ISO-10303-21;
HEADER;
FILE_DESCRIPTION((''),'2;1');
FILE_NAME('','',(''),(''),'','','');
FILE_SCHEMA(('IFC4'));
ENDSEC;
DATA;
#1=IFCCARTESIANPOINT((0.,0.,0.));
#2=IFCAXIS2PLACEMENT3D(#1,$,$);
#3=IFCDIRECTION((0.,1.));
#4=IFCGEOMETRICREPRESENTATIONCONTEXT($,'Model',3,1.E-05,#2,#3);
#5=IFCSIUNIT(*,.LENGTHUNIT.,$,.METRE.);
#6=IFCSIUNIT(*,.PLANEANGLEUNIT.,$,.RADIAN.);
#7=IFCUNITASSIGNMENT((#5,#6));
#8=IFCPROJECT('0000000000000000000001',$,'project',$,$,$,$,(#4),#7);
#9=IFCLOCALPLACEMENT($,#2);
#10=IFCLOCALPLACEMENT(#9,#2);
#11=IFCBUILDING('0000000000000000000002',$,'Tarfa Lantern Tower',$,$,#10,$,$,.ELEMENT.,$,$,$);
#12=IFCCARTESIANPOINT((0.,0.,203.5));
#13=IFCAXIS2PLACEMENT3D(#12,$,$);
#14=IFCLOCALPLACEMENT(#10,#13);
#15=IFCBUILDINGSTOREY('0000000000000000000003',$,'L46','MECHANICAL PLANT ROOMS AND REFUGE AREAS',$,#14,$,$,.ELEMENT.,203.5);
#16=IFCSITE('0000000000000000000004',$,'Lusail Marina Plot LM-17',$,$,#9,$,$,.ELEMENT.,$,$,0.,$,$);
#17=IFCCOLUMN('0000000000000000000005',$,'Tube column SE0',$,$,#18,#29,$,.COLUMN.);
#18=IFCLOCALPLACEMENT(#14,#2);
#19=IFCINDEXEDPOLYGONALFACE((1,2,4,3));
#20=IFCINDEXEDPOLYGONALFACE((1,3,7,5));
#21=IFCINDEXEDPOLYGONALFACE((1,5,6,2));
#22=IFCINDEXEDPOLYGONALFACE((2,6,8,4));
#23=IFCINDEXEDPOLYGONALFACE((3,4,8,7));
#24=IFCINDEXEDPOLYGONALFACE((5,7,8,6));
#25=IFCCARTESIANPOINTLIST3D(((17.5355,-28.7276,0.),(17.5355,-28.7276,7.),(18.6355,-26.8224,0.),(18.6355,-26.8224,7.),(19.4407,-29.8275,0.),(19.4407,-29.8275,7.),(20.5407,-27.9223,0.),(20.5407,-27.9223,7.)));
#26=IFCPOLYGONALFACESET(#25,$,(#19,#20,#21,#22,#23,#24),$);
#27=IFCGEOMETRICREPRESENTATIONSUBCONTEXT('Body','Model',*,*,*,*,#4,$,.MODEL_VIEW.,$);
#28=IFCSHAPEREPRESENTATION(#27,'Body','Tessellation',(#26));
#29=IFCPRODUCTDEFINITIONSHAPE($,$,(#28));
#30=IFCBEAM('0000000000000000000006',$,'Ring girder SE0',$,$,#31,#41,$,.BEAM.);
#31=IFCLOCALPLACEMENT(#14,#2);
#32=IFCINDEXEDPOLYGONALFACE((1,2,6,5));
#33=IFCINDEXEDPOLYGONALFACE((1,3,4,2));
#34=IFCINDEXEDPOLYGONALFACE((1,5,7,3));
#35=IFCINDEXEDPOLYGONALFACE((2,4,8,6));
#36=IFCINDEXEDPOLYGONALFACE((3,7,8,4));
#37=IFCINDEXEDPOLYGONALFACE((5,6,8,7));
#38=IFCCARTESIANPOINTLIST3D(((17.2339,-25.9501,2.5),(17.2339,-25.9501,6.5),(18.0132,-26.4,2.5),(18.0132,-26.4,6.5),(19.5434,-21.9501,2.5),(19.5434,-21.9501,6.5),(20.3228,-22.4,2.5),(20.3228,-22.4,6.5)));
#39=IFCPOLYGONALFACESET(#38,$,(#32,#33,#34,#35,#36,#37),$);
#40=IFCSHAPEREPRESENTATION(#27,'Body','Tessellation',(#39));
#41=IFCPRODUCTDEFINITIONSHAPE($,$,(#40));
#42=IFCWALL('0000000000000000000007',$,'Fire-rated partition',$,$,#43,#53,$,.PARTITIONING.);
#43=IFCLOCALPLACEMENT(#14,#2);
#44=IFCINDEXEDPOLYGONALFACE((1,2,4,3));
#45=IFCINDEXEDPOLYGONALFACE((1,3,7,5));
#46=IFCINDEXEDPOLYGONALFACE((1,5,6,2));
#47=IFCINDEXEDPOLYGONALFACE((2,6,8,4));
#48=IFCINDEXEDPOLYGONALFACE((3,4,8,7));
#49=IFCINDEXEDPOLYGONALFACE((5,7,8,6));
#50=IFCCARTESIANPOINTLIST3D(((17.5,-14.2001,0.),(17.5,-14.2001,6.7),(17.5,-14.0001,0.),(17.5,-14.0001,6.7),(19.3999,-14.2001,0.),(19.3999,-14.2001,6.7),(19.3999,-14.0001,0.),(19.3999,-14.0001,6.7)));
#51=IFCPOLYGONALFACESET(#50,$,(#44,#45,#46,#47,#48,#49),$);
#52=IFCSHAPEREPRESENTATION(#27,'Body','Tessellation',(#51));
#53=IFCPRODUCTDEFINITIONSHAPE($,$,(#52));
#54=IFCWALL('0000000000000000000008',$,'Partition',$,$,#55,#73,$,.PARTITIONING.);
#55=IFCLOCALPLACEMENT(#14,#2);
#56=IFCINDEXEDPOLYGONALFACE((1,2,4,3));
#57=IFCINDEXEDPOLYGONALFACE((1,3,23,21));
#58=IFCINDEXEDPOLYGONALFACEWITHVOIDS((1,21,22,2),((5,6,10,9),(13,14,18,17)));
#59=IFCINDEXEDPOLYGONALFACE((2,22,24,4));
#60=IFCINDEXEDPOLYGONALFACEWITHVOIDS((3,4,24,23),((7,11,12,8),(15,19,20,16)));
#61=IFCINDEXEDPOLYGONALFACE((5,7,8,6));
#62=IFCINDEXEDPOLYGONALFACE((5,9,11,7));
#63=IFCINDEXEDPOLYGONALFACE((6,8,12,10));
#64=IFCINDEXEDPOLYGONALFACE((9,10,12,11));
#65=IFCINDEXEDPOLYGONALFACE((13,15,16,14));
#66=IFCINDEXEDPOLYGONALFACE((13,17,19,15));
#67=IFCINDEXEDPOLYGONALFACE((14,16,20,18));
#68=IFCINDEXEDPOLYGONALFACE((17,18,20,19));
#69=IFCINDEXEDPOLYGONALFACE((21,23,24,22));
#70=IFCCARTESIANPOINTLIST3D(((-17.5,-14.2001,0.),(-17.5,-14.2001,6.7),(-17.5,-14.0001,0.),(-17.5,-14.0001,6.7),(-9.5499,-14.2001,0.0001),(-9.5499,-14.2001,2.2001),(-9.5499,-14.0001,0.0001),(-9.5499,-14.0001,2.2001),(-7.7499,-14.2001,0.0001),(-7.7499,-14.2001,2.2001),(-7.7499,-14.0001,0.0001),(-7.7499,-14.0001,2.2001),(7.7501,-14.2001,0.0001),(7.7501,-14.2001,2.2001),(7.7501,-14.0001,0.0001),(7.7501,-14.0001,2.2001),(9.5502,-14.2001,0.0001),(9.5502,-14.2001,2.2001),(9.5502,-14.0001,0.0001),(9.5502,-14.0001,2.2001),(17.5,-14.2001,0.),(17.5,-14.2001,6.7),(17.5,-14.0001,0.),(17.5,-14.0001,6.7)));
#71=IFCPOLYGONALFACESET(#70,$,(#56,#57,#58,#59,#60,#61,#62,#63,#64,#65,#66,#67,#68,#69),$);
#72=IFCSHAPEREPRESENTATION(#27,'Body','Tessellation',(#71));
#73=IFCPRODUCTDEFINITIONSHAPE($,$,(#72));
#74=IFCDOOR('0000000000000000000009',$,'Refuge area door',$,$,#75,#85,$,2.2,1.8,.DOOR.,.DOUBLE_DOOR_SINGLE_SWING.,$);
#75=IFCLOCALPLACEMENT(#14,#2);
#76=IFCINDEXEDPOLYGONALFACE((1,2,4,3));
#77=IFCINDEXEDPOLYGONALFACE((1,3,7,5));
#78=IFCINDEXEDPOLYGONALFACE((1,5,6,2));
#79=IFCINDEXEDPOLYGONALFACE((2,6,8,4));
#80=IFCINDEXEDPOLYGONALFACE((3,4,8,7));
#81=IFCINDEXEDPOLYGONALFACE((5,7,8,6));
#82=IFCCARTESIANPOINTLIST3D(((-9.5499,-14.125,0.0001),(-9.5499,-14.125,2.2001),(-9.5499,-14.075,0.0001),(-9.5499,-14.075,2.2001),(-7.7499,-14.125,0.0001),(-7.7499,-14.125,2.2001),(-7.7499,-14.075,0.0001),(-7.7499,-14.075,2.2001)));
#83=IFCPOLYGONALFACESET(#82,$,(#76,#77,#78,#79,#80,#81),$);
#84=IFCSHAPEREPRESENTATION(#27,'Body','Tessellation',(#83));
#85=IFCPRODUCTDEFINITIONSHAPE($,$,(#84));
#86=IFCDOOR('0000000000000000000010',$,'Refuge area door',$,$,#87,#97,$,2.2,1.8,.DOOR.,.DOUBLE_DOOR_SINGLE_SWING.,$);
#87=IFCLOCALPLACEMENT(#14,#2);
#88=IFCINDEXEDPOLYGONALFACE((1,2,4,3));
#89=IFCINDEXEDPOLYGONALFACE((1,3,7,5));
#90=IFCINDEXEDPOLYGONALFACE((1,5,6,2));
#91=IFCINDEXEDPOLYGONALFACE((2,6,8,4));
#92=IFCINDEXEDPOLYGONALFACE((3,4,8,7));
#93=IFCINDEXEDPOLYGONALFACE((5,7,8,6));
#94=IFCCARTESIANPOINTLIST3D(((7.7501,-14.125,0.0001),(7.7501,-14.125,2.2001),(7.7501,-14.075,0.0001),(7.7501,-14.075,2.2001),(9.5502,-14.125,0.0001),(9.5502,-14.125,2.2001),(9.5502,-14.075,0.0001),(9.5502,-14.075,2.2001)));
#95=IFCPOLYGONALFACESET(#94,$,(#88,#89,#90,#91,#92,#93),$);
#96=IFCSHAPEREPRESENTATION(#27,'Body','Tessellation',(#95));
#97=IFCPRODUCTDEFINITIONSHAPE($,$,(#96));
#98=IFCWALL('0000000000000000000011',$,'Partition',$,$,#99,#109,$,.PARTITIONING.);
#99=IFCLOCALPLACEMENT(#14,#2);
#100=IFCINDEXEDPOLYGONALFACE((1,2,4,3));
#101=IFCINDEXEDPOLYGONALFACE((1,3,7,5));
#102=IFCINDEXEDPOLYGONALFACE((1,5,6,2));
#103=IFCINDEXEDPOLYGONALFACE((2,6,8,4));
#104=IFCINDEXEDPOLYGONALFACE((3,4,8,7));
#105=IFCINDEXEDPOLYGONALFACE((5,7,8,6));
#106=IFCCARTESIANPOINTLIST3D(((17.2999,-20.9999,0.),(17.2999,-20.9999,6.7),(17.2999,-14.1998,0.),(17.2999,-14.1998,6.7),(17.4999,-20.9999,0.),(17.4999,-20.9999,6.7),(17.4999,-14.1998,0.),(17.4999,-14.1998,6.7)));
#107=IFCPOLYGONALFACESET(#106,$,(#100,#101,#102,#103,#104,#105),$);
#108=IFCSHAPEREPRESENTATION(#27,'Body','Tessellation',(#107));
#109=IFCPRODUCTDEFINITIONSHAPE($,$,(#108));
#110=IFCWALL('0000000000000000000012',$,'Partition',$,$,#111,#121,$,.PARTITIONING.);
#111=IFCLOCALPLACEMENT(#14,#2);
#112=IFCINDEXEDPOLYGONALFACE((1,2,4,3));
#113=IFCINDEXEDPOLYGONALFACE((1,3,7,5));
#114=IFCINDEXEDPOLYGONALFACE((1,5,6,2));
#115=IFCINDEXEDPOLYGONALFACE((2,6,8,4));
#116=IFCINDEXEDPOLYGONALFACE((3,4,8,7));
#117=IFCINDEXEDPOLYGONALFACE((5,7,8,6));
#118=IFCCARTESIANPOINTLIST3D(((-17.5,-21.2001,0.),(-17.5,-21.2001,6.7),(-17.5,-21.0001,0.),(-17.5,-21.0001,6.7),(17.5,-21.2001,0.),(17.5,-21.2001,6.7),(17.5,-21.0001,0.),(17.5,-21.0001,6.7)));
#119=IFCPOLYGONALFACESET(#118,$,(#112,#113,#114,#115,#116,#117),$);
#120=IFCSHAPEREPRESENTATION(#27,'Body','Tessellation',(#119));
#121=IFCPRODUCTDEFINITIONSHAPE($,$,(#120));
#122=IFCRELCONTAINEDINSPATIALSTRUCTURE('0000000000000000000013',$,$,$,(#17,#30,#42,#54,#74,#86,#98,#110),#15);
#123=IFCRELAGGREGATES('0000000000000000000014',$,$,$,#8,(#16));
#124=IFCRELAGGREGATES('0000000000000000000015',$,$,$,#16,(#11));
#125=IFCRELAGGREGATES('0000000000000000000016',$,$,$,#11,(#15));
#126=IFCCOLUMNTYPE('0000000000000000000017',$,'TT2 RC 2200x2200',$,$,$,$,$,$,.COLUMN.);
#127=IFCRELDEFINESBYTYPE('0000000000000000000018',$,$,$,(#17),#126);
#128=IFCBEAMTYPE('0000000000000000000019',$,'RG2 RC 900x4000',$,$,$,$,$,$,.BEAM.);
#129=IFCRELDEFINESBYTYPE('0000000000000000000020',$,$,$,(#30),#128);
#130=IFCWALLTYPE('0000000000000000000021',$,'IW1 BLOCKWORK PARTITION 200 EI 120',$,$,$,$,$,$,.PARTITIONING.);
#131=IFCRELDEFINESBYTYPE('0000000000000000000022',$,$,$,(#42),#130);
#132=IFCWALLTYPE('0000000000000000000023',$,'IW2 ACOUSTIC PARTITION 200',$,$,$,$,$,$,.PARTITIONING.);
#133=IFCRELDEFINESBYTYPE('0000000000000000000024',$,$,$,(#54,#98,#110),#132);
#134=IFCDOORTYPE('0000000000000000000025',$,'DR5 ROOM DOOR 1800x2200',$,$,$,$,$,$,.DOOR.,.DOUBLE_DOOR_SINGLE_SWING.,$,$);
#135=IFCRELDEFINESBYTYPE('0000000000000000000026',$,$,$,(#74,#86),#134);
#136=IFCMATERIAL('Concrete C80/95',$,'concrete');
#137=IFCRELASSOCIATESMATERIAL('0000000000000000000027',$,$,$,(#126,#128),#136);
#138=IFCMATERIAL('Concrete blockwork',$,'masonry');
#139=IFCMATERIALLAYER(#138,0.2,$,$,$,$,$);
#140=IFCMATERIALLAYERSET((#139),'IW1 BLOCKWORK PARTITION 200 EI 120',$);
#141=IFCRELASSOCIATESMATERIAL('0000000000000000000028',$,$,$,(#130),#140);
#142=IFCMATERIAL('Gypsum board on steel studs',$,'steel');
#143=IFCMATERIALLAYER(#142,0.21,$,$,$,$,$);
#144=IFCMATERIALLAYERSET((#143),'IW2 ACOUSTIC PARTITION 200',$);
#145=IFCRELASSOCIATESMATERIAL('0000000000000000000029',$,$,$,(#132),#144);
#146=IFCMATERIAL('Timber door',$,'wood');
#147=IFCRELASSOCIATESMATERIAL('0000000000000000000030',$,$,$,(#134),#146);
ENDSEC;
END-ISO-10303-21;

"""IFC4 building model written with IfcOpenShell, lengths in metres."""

from ifc_helpers import new_model, si_unit, direction, frame, frame_2d, origin, origin_2d, place, context, subcontext, project, spatial, rectangle, extrude, material, layer, layer_set, material_profile, profile_set, type_object, element, fill, save


model = new_model("IFC4")

# Units and contexts
model_context = context("Model", 3, precision=1e-05, world=origin(), true_north=direction((0.0, 1.0)))
body_context = subcontext(model_context, "Body", "Model", "MODEL_VIEW")
ifc_project = project(units=[si_unit("LENGTHUNIT", "METRE"), si_unit("PLANEANGLEUNIT", "RADIAN")], contexts=[model_context])

# Site, building, storey
site_placement = place(None, origin())
site = spatial("IfcSite", under=ifc_project, at=site_placement, Name="Lusail Marina Plot LM-17", CompositionType="ELEMENT", RefElevation=0.0)
building_placement = place(site_placement, origin())
building = spatial("IfcBuilding", under=site, at=building_placement, Name="Tarfa Lantern Tower", CompositionType="ELEMENT")
storey_placement = place(building_placement, frame((0.0, 0.0, 203.5)))
storey = spatial("IfcBuildingStorey", under=building, at=storey_placement, Name="L46", Description="MECHANICAL PLANT ROOMS AND REFUGE AREAS", CompositionType="ELEMENT", Elevation=203.5)

# Column
ifc_material_1 = material(Name="Concrete C80/95", Category="concrete")
ifc_material_profile_1 = material_profile(ifc_material_1, rectangle(XDim=2.2, YDim=2.2, at=origin_2d()), Name="RC 2200x2200")
ifc_profile_set_1 = profile_set([ifc_material_profile_1], Name="Concrete C80/95")
column_type = type_object("IfcColumnType", Name="TT2 RC 2200x2200", PredefinedType="COLUMN", material=ifc_profile_set_1)
column_placement = place(storey_placement, frame((19.0381, -28.325, 0.0), z_axis=(0.0, 0.0, 1.0), x_axis=(0.5, 0.866025, 0.0)))
element("IfcColumn", 1, at=column_placement, inside=storey, type_object=column_type, Name="Tube column SE0", PredefinedType="COLUMN", context=body_context, shape_type="SweptSolid", body=[
    extrude(rectangle(XDim=2.2, YDim=2.2, at=origin_2d()), origin(), (0.0, 0.0, 1.0), 7.0),
])

# Beam
ifc_material_profile_2 = material_profile(ifc_material_1, rectangle(XDim=0.8999, YDim=4.0, at=origin_2d()), Name="RC 900x4000")
ifc_profile_set_2 = profile_set([ifc_material_profile_2], Name="Concrete C80/95")
beam_type = type_object("IfcBeamType", Name="RG2 RC 900x4000", PredefinedType="BEAM", material=ifc_profile_set_2)
beam_placement = place(storey_placement, frame((17.6235, -26.175, 4.5), z_axis=(0.500027, 0.86601, 0.0), x_axis=(-0.86601, 0.500027, 0.0)))
element("IfcBeam", 2, at=beam_placement, inside=storey, type_object=beam_type, Name="Ring girder SE0", PredefinedType="BEAM", context=body_context, shape_type="SweptSolid", body=[
    extrude(rectangle(XDim=0.8999, YDim=4.0, at=origin_2d()), origin(), (0.0, 0.0, 1.0), 4.6189),
])

# Wall
ifc_material_2 = material(Name="Concrete blockwork", Category="masonry")
ifc_layer_1 = layer(ifc_material_2, 0.2)
ifc_layer_set_1 = layer_set([ifc_layer_1], Name="IW1 BLOCKWORK PARTITION 200 EI 120")
wall_type_1 = type_object("IfcWallType", Name="IW1 BLOCKWORK PARTITION 200 EI 120", PredefinedType="PARTITIONING", material=ifc_layer_set_1)
wall_1_placement = place(storey_placement, frame((19.3999, -14.1001, 0.0), z_axis=(0.0, 0.0, 1.0), x_axis=(-1.0, 0.0, 0.0)))
element("IfcWall", 3, at=wall_1_placement, inside=storey, type_object=wall_type_1, Name="Fire-rated partition", PredefinedType="PARTITIONING", context=body_context, shape_type="SweptSolid", body=[
    extrude(rectangle(XDim=1.8999, YDim=0.2, at=frame_2d((0.95, 0.0))), origin(), (0.0, 0.0, 1.0), 6.7),
])

# Wall, openings, doors
ifc_material_3 = material(Name="Gypsum board on steel studs", Category="steel")
ifc_layer_2 = layer(ifc_material_3, 0.21)
ifc_layer_set_2 = layer_set([ifc_layer_2], Name="IW2 ACOUSTIC PARTITION 200")
wall_type_2 = type_object("IfcWallType", Name="IW2 ACOUSTIC PARTITION 200", PredefinedType="PARTITIONING", material=ifc_layer_set_2)
wall_2_placement = place(storey_placement, frame((17.5, -14.1001, 0.0), z_axis=(0.0, 0.0, 1.0), x_axis=(-1.0, 0.0, 0.0)))
wall_2 = element("IfcWall", 4, at=wall_2_placement, inside=storey, type_object=wall_type_2, Name="Partition", PredefinedType="PARTITIONING", context=body_context, shape_type="SweptSolid", body=[
    extrude(rectangle(XDim=35.0, YDim=0.2, at=frame_2d((17.5, 0.0))), origin(), (0.0, 0.0, 1.0), 6.7),
])
opening_1_placement = place(wall_2_placement, frame((25.25, 0.0, 0.0)))
opening_1 = element("IfcOpeningElement", 5, at=opening_1_placement, cuts=wall_2, PredefinedType="OPENING", context=body_context, shape_type="SweptSolid", body=[
    extrude(rectangle(XDim=1.8, YDim=2.2, at=frame_2d((0.8999, 1.1001))), frame((0.0, 0.1099, 0.0), z_axis=(0.0, -1.0, 0.0), x_axis=(1.0, 0.0, 0.0)), (0.0, 0.0, 1.0), 0.22),
])
opening_2_placement = place(wall_2_placement, frame((7.95, 0.0, 0.0)))
opening_2 = element("IfcOpeningElement", 6, at=opening_2_placement, cuts=wall_2, PredefinedType="OPENING", context=body_context, shape_type="SweptSolid", body=[
    extrude(rectangle(XDim=1.8, YDim=2.2, at=frame_2d((0.8999, 1.1001))), frame((0.0, 0.1099, 0.0), z_axis=(0.0, -1.0, 0.0), x_axis=(1.0, 0.0, 0.0)), (0.0, 0.0, 1.0), 0.22),
])
ifc_material_4 = material(Name="Timber door", Category="wood")
door_type_1 = type_object("IfcDoorType", Name="DR5 ROOM DOOR 1800x2200", OperationType="DOUBLE_DOOR_SINGLE_SWING", PredefinedType="DOOR", material=ifc_material_4)
door_1_placement = place(opening_1_placement, origin())
door_1 = element("IfcDoor", 7, at=door_1_placement, inside=storey, type_object=door_type_1, Name="Refuge area door", OperationType="DOUBLE_DOOR_SINGLE_SWING", OverallHeight=2.2, OverallWidth=1.8, PredefinedType="DOOR", context=body_context, shape_type="SweptSolid", body=[
    extrude(rectangle(XDim=1.8, YDim=2.2, at=frame_2d((0.8999, 1.1001))), frame((0.0, 0.0249, 0.0), z_axis=(0.0, -1.0, 0.0), x_axis=(1.0, 0.0, 0.0)), (0.0, 0.0, 1.0), 0.05),
])
fill(opening_1, door_1)
door_2_placement = place(opening_2_placement, origin())
door_2 = element("IfcDoor", 8, at=door_2_placement, inside=storey, type_object=door_type_1, Name="Refuge area door", OperationType="DOUBLE_DOOR_SINGLE_SWING", OverallHeight=2.2, OverallWidth=1.8, PredefinedType="DOOR", context=body_context, shape_type="SweptSolid", body=[
    extrude(rectangle(XDim=1.8, YDim=2.2, at=frame_2d((0.8999, 1.1001))), frame((0.0, 0.0249, 0.0), z_axis=(0.0, -1.0, 0.0), x_axis=(1.0, 0.0, 0.0)), (0.0, 0.0, 1.0), 0.05),
])
fill(opening_2, door_2)

# Walls
wall_3_placement = place(storey_placement, frame((17.3999, -14.2, 0.0), z_axis=(0.0, 0.0, 1.0), x_axis=(0.0, -1.0, 0.0)))
element("IfcWall", 9, at=wall_3_placement, inside=storey, type_object=wall_type_2, Name="Partition", PredefinedType="PARTITIONING", context=body_context, shape_type="SweptSolid", body=[
    extrude(rectangle(XDim=6.8, YDim=0.2, at=frame_2d((3.3999, 0.0))), origin(), (0.0, 0.0, 1.0), 6.7),
])
wall_4_placement = place(storey_placement, frame((17.5, -21.1001, 0.0), z_axis=(0.0, 0.0, 1.0), x_axis=(-1.0, 0.0, 0.0)))
element("IfcWall", 10, at=wall_4_placement, inside=storey, type_object=wall_type_2, Name="Partition", PredefinedType="PARTITIONING", context=body_context, shape_type="SweptSolid", body=[
    extrude(rectangle(XDim=35.0, YDim=0.2, at=frame_2d((17.5, 0.0))), origin(), (0.0, 0.0, 1.0), 6.7),
])

save(model, "model.ifc")
